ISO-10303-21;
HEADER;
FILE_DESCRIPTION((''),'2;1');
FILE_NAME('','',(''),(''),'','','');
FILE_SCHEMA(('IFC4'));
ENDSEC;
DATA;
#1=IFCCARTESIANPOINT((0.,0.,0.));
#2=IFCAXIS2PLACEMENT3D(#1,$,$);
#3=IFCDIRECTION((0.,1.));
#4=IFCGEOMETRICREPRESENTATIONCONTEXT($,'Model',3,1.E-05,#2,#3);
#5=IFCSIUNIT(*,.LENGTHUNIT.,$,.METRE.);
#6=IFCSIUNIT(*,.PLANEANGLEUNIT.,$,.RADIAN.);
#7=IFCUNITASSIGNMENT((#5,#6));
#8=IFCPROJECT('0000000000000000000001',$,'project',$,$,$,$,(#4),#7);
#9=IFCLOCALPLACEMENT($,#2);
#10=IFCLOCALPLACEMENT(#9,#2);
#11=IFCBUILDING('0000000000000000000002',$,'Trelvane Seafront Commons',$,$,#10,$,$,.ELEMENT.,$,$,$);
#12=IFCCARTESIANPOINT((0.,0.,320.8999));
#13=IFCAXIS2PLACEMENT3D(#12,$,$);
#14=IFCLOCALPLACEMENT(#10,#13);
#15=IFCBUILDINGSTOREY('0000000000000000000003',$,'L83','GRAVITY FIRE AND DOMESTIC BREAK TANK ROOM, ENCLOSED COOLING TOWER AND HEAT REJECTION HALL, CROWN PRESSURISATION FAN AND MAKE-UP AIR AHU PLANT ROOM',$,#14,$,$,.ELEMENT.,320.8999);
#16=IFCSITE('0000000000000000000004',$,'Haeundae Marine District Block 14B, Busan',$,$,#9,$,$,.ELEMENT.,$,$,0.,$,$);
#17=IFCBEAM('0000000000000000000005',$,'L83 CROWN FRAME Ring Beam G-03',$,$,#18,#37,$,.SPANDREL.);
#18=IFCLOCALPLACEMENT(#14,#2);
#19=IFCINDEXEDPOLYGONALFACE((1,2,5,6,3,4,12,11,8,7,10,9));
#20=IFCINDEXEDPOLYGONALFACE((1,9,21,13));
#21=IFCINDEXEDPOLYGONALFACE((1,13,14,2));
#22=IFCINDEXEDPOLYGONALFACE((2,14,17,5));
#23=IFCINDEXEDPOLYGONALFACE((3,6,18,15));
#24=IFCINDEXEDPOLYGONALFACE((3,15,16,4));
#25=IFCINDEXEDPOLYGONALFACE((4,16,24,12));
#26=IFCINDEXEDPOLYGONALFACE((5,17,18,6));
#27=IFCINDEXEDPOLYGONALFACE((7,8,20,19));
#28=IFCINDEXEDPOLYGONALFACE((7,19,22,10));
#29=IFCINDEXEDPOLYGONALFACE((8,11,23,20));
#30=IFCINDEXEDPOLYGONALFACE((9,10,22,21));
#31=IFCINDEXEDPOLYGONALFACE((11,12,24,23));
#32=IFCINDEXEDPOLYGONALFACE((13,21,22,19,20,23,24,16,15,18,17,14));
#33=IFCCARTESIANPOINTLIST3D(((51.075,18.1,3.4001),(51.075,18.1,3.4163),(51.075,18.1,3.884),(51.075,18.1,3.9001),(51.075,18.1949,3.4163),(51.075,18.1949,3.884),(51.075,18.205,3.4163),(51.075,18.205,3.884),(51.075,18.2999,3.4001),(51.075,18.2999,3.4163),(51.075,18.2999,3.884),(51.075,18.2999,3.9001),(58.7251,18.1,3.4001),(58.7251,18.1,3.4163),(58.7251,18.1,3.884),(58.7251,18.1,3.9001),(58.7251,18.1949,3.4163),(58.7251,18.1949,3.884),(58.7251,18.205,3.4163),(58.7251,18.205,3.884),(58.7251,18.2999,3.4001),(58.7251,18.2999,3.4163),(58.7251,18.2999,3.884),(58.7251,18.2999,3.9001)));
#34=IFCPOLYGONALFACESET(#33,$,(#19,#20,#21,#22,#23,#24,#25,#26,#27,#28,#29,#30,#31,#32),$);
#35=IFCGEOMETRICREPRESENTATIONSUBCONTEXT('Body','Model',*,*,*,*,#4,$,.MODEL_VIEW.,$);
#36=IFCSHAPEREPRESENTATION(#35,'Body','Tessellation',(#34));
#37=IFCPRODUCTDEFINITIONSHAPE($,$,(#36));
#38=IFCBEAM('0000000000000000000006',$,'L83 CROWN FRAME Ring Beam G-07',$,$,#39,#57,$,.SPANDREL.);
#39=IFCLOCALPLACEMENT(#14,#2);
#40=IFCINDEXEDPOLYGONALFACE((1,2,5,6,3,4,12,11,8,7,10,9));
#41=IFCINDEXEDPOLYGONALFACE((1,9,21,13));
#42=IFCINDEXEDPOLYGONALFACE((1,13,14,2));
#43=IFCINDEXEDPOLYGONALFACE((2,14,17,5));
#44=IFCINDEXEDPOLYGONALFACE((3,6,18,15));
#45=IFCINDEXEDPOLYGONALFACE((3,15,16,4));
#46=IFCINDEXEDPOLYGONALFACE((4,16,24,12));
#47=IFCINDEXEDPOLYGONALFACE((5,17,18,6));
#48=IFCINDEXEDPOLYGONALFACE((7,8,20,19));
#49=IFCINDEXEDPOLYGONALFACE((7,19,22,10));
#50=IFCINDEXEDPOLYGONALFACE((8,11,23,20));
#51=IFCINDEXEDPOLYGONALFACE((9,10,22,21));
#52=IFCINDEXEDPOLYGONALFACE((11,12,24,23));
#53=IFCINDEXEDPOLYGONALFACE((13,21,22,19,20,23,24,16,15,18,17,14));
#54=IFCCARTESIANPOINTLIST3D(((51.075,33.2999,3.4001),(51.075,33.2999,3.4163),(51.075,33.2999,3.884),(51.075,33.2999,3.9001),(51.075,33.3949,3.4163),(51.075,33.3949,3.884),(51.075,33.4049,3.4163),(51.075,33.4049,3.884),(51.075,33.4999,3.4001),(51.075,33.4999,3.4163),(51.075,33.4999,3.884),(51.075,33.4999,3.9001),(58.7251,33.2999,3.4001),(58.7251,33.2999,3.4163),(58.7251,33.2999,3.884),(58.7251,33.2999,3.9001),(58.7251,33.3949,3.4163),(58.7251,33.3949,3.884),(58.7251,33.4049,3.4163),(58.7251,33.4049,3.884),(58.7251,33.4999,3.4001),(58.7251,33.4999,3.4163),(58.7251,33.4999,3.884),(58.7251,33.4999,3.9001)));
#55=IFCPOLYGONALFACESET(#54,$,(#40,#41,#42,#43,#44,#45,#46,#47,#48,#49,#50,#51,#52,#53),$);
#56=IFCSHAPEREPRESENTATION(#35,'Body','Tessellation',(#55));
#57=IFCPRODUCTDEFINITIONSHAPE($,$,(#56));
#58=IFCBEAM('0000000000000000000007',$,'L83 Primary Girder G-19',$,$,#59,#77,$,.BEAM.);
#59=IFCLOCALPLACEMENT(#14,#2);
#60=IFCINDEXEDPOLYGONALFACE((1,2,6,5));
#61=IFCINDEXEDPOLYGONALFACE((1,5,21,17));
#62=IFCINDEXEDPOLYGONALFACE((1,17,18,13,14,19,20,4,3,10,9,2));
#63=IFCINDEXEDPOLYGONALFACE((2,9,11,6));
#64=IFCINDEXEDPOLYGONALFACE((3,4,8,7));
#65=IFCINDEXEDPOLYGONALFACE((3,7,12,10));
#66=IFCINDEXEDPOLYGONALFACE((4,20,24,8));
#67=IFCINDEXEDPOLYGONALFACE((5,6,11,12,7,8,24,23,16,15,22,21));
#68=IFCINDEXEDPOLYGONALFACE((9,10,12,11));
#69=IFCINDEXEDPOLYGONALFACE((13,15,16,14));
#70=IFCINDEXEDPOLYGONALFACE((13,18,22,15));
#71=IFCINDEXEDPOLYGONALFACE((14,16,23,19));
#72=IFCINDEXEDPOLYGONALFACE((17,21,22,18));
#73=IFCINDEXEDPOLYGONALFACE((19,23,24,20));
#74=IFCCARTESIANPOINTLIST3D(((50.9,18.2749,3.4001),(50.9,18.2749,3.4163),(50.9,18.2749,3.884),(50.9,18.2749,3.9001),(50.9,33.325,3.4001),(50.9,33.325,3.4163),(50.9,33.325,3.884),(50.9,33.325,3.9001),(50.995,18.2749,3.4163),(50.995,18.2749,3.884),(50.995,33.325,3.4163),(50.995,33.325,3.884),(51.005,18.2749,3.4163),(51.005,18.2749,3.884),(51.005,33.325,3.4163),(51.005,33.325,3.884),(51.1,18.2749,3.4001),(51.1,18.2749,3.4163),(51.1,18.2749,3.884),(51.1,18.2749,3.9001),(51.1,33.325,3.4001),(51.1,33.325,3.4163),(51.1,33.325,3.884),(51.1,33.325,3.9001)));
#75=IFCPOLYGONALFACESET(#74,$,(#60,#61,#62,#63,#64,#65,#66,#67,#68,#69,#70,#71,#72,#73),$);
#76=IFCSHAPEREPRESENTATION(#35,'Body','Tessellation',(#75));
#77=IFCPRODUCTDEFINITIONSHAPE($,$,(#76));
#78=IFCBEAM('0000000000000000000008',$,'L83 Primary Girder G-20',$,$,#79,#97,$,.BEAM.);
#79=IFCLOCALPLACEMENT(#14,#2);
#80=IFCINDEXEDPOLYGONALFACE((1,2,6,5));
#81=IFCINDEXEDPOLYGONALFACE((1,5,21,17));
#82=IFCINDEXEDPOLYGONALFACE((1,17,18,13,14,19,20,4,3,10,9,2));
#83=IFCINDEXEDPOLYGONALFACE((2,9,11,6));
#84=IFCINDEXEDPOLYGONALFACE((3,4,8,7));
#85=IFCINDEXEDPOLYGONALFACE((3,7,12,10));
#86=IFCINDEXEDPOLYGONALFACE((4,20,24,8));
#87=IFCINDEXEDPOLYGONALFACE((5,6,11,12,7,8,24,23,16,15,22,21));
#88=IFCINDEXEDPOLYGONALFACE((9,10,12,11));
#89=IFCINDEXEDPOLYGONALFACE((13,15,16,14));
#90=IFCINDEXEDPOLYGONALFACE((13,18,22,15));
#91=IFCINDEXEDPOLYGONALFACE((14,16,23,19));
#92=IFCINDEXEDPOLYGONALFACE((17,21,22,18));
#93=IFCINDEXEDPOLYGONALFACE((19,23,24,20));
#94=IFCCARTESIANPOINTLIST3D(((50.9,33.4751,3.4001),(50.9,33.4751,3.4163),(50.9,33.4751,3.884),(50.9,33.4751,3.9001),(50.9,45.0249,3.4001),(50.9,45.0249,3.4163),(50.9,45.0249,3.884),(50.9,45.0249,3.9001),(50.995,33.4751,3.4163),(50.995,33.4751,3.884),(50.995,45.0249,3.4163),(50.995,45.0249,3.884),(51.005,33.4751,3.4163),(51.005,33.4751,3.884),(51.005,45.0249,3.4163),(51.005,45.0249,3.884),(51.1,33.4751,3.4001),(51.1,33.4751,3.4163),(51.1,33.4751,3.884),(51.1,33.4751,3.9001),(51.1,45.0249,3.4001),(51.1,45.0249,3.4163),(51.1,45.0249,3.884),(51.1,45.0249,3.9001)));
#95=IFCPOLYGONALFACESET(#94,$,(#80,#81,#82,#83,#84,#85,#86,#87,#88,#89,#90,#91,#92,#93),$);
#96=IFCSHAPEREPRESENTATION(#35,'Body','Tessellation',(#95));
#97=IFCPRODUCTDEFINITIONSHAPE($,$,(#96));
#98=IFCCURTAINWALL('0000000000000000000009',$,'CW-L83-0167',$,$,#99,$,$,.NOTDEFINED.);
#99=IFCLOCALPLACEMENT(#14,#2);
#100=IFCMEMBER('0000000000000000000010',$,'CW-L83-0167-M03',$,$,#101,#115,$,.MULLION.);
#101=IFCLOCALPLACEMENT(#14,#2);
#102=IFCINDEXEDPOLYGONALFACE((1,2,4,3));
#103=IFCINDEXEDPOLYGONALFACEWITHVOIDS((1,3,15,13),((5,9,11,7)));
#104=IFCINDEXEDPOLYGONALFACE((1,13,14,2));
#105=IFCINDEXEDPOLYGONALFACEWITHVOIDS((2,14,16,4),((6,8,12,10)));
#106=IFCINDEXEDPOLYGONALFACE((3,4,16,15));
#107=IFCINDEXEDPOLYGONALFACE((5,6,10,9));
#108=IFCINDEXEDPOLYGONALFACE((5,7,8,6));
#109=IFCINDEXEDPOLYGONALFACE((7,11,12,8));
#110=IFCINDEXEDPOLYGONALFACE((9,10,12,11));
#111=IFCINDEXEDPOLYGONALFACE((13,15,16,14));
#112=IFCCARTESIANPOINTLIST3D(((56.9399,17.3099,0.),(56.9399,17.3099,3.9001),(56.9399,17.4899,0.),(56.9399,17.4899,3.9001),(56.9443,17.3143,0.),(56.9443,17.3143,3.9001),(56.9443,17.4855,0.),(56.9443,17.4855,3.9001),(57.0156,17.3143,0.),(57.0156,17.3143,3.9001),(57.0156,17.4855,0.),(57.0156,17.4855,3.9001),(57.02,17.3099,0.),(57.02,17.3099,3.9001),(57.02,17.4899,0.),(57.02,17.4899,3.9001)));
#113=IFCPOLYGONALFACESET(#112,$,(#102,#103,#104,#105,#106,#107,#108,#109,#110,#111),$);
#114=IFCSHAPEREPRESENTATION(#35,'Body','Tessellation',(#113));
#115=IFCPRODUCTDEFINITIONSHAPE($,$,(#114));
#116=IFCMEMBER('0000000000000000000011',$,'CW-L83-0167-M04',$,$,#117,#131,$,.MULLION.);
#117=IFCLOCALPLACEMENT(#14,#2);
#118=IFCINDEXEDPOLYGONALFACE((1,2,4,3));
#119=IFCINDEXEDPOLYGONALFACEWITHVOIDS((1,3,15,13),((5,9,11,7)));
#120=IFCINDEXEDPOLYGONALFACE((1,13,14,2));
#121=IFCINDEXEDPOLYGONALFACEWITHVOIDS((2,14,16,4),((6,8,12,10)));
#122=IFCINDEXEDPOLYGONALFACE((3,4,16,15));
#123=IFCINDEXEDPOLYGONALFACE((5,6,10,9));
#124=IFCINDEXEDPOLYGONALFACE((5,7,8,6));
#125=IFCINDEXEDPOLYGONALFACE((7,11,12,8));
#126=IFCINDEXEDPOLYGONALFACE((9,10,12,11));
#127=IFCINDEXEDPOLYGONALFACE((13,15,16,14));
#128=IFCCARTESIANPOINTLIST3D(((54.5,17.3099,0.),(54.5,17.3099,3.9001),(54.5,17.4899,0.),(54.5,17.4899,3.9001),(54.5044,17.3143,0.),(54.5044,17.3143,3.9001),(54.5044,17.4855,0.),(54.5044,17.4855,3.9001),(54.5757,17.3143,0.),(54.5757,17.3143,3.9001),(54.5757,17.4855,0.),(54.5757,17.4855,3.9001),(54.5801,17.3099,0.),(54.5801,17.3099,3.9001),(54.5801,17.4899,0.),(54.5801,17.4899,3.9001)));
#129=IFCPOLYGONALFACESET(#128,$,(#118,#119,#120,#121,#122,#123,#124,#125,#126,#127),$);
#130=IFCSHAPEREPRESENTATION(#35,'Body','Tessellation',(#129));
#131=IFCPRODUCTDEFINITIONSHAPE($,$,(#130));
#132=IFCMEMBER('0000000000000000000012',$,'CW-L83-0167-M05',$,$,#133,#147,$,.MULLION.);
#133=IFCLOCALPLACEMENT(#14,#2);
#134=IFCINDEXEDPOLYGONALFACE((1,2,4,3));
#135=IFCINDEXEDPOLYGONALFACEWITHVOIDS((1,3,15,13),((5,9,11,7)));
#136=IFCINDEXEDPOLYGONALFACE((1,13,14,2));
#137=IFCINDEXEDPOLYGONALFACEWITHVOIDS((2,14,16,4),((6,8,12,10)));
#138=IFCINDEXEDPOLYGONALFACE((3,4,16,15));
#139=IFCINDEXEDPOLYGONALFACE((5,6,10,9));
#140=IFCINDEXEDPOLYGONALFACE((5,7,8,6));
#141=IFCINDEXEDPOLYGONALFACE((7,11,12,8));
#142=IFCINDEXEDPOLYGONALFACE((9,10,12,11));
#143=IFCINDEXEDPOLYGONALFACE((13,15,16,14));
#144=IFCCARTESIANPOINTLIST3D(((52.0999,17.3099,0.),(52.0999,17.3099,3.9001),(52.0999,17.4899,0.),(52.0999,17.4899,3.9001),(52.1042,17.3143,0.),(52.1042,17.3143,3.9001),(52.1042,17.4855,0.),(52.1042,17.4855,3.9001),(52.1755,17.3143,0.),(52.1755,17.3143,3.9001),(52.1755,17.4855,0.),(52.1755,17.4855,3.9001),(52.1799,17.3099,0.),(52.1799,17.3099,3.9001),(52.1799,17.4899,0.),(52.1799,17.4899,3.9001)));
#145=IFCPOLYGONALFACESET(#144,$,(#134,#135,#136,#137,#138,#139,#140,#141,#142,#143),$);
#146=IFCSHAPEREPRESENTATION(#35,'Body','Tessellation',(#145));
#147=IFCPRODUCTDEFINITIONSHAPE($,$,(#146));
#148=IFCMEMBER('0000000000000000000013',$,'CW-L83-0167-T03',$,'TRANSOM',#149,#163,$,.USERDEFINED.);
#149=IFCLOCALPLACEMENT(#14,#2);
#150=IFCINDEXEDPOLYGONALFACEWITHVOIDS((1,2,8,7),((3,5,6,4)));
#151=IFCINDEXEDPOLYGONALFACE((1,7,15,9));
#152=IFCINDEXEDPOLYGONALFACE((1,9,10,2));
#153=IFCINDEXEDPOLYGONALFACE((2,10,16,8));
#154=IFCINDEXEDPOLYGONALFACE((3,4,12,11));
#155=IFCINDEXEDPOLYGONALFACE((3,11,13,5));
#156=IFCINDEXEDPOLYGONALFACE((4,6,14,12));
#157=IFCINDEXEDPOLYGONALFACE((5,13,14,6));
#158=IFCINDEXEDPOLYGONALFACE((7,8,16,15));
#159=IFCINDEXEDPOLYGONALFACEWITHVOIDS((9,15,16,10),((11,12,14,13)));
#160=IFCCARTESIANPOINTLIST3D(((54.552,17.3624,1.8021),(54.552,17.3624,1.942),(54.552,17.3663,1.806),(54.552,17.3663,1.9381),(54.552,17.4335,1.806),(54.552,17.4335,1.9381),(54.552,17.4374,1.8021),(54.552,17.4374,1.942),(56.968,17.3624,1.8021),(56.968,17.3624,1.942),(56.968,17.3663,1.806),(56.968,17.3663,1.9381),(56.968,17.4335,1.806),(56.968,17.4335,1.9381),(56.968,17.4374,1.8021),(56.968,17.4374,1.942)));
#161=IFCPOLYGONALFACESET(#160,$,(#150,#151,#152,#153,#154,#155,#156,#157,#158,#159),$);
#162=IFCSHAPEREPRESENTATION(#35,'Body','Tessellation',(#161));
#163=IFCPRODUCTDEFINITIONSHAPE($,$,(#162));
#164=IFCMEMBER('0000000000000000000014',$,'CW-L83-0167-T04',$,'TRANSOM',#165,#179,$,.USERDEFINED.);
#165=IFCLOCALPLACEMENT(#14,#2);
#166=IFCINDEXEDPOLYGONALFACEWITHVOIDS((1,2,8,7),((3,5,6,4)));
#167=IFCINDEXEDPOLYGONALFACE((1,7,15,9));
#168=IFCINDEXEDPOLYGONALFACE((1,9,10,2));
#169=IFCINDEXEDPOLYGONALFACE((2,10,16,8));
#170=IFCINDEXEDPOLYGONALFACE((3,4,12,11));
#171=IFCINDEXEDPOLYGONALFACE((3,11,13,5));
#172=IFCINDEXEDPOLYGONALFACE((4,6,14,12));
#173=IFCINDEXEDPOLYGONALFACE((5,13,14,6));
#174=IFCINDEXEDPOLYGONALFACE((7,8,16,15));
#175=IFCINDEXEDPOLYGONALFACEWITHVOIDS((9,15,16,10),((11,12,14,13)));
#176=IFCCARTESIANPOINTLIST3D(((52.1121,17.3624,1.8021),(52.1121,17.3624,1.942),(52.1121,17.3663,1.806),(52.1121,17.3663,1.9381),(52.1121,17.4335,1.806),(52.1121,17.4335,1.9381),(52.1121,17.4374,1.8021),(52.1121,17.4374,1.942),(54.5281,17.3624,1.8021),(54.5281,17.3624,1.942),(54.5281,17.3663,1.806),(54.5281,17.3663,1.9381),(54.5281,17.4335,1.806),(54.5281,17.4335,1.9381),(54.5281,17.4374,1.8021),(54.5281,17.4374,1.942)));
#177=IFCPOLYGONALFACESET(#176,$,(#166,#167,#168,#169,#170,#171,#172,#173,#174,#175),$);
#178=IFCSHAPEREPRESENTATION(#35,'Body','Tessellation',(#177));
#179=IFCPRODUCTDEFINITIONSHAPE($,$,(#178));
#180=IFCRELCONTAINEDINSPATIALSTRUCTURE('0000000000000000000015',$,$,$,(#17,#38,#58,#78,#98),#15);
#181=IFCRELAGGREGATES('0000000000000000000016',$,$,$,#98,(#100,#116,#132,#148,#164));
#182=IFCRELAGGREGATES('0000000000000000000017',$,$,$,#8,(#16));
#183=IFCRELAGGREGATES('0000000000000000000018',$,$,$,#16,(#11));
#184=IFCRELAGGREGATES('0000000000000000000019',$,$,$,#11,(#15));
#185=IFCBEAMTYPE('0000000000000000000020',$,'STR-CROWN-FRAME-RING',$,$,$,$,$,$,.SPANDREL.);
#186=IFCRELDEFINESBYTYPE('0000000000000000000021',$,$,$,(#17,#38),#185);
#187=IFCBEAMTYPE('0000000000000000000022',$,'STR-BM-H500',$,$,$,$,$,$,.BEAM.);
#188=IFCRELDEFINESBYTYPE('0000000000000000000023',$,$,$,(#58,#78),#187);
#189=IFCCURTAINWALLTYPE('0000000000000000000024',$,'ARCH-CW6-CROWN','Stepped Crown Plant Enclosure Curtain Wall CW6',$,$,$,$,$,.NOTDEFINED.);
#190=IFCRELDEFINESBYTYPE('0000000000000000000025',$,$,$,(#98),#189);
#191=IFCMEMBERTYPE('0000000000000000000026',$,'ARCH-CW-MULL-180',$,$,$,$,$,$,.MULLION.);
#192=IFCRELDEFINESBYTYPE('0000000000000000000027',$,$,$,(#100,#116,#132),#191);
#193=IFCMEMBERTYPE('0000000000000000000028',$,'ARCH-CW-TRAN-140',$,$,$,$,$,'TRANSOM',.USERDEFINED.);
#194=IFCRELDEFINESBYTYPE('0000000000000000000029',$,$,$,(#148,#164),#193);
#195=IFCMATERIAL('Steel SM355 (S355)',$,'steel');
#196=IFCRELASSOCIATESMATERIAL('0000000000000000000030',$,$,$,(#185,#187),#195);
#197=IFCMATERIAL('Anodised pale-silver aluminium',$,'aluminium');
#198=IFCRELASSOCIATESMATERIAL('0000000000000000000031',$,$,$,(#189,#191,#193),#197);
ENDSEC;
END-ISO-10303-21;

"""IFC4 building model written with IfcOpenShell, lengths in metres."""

from ifc_helpers import new_model, si_unit, direction, frame, origin, origin_2d, place, context, subcontext, project, spatial, hollow_rectangle, i_section, extrude, source, transform, mapped, material, material_profile, profile_set, type_object, element, aggregate, save


model = new_model("IFC4")

# Units and contexts
model_context = context("Model", 3, precision=1e-05, world=origin(), true_north=direction((0.0, 1.0)))
body_context = subcontext(model_context, "Body", "Model", "MODEL_VIEW")
ifc_project = project(units=[si_unit("LENGTHUNIT", "METRE"), si_unit("PLANEANGLEUNIT", "RADIAN")], contexts=[model_context])

# Site, building, storey
site_placement = place(None, origin())
site = spatial("IfcSite", under=ifc_project, at=site_placement, Name="Haeundae Marine District Block 14B, Busan", CompositionType="ELEMENT", RefElevation=0.0)
building_placement = place(site_placement, origin())
building = spatial("IfcBuilding", under=site, at=building_placement, Name="Trelvane Seafront Commons", CompositionType="ELEMENT")
storey_placement = place(building_placement, frame((0.0, 0.0, 320.8999)))
storey = spatial("IfcBuildingStorey", under=building, at=storey_placement, Name="L83", Description="GRAVITY FIRE AND DOMESTIC BREAK TANK ROOM, ENCLOSED COOLING TOWER AND HEAT REJECTION HALL, CROWN PRESSURISATION FAN AND MAKE-UP AIR AHU PLANT ROOM", CompositionType="ELEMENT", Elevation=320.8999)

# Beams
ifc_material_1 = material(Name="Steel SM355 (S355)", Category="steel")
ifc_material_profile_1 = material_profile(ifc_material_1, i_section(OverallWidth=0.2, OverallDepth=0.5, WebThickness=0.01, FlangeThickness=0.0161, at=origin_2d()), Name="H-500x200x10x16")
ifc_profile_set_1 = profile_set([ifc_material_profile_1], Name="Steel SM355 (S355)")
beam_type_1 = type_object("IfcBeamType", Name="STR-CROWN-FRAME-RING", PredefinedType="SPANDREL", material=ifc_profile_set_1)
shared_shape_1 = source(origin(), body_context, "Body", "SweptSolid", [
    extrude(i_section(OverallWidth=0.2, OverallDepth=0.5, WebThickness=0.01, FlangeThickness=0.0161, at=origin_2d()), origin(), (0.0, 0.0, 1.0), 7.6501),
])
for number, where, z_axis, x_axis, name in (
    (1, (51.075, 18.2, 3.6501), (1.0, 0.0, 0.0), (0.0, 1.0, 0.0), "L83 CROWN FRAME Ring Beam G-03"),
    (2, (51.075, 33.3999, 3.6501), (1.0, 0.0, 0.0), (0.0, 1.0, 0.0), "L83 CROWN FRAME Ring Beam G-07"),
):
    element("IfcBeam", number, at=place(storey_placement, frame(where, z_axis=z_axis, x_axis=x_axis)), inside=storey, type_object=beam_type_1, Name=name, PredefinedType="SPANDREL", context=body_context, shape_type="MappedRepresentation", body=[
        mapped(shared_shape_1, transform((0.0, 0.0, 0.0), x_axis=(1.0, 0.0, 0.0), y_axis=(0.0, 1.0, 0.0), z_axis=(0.0, 0.0, 1.0), scale=1.0)),
    ])
ifc_material_profile_2 = material_profile(ifc_material_1, i_section(OverallWidth=0.2, OverallDepth=0.5, WebThickness=0.01, FlangeThickness=0.0161, at=origin_2d()), Name="H-500x200x10x16")
ifc_profile_set_2 = profile_set([ifc_material_profile_2], Name="Steel SM355 (S355)")
beam_type_2 = type_object("IfcBeamType", Name="STR-BM-H500", PredefinedType="BEAM", material=ifc_profile_set_2)
shared_shape_2 = source(origin(), body_context, "Body", "SweptSolid", [
    extrude(i_section(OverallWidth=0.2, OverallDepth=0.5, WebThickness=0.01, FlangeThickness=0.0161, at=origin_2d()), origin(), (0.0, 0.0, 1.0), 15.05),
])
beam_1_placement = place(storey_placement, frame((51.0, 18.2749, 3.6501), z_axis=(0.0, 1.0, 0.0), x_axis=(-1.0, 0.0, 0.0)))
element("IfcBeam", 3, at=beam_1_placement, inside=storey, type_object=beam_type_2, Name="L83 Primary Girder G-19", PredefinedType="BEAM", context=body_context, shape_type="MappedRepresentation", body=[
    mapped(shared_shape_2, transform((0.0, 0.0, 0.0), x_axis=(1.0, 0.0, 0.0), y_axis=(0.0, 1.0, 0.0), z_axis=(0.0, 0.0, 1.0), scale=1.0)),
])
shared_shape_3 = source(origin(), body_context, "Body", "SweptSolid", [
    extrude(i_section(OverallWidth=0.2, OverallDepth=0.5, WebThickness=0.01, FlangeThickness=0.0161, at=origin_2d()), origin(), (0.0, 0.0, 1.0), 11.5498),
])
beam_2_placement = place(storey_placement, frame((51.0, 33.4751, 3.6501), z_axis=(0.0, 1.0, 0.0), x_axis=(-1.0, 0.0, 0.0)))
element("IfcBeam", 4, at=beam_2_placement, inside=storey, type_object=beam_type_2, Name="L83 Primary Girder G-20", PredefinedType="BEAM", context=body_context, shape_type="MappedRepresentation", body=[
    mapped(shared_shape_3, transform((0.0, 0.0, 0.0), x_axis=(1.0, 0.0, 0.0), y_axis=(0.0, 1.0, 0.0), z_axis=(0.0, 0.0, 1.0), scale=1.0)),
])

# Curtain wall, members
ifc_material_2 = material(Name="Anodised pale-silver aluminium", Category="aluminium")
curtain_wall_type = type_object("IfcCurtainWallType", Name="ARCH-CW6-CROWN", Description="Stepped Crown Plant Enclosure Curtain Wall CW6", PredefinedType="NOTDEFINED", material=ifc_material_2)
curtain_wall_placement = place(storey_placement, origin())
curtain_wall = element("IfcCurtainWall", 5, at=curtain_wall_placement, inside=storey, type_object=curtain_wall_type, Name="CW-L83-0167", PredefinedType="NOTDEFINED")
ifc_material_profile_3 = material_profile(ifc_material_2, hollow_rectangle(XDim=0.0801, YDim=0.1799, WallThickness=0.0044, at=origin_2d()), Name="MULL-80x180x4.5")
ifc_profile_set_3 = profile_set([ifc_material_profile_3], Name="Anodised pale-silver aluminium")
member_type_1 = type_object("IfcMemberType", Name="ARCH-CW-MULL-180", PredefinedType="MULLION", material=ifc_profile_set_3)
shared_shape_4 = source(origin(), body_context, "Body", "SweptSolid", [
    extrude(hollow_rectangle(XDim=0.0801, YDim=0.1799, WallThickness=0.0044, at=origin_2d()), origin(), (0.0, 0.0, 1.0), 3.9001),
])
member_1_placement = place(storey_placement, frame((56.98, 17.3999, 0.0), z_axis=(0.0, 0.0, 1.0), x_axis=(1.0, 0.0, 0.0)))
member_1 = element("IfcMember", 6, at=member_1_placement, type_object=member_type_1, Name="CW-L83-0167-M03", PredefinedType="MULLION", context=body_context, shape_type="MappedRepresentation", body=[
    mapped(shared_shape_4, transform((0.0, 0.0, 0.0), x_axis=(1.0, 0.0, 0.0), y_axis=(0.0, 1.0, 0.0), z_axis=(0.0, 0.0, 1.0), scale=1.0)),
])
member_2_placement = place(storey_placement, frame((54.54, 17.3999, 0.0), z_axis=(0.0, 0.0, 1.0), x_axis=(1.0, 0.0, 0.0)))
member_2 = element("IfcMember", 7, at=member_2_placement, type_object=member_type_1, Name="CW-L83-0167-M04", PredefinedType="MULLION", context=body_context, shape_type="MappedRepresentation", body=[
    mapped(shared_shape_4, transform((0.0, 0.0, 0.0), x_axis=(1.0, 0.0, 0.0), y_axis=(0.0, 1.0, 0.0), z_axis=(0.0, 0.0, 1.0), scale=1.0)),
])
member_3_placement = place(storey_placement, frame((52.1399, 17.3999, 0.0), z_axis=(0.0, 0.0, 1.0), x_axis=(1.0, 0.0, 0.0)))
member_3 = element("IfcMember", 8, at=member_3_placement, type_object=member_type_1, Name="CW-L83-0167-M05", PredefinedType="MULLION", context=body_context, shape_type="MappedRepresentation", body=[
    mapped(shared_shape_4, transform((0.0, 0.0, 0.0), x_axis=(1.0, 0.0, 0.0), y_axis=(0.0, 1.0, 0.0), z_axis=(0.0, 0.0, 1.0), scale=1.0)),
])
ifc_material_profile_4 = material_profile(ifc_material_2, hollow_rectangle(XDim=0.075, YDim=0.1399, WallThickness=0.0039, at=origin_2d()), Name="TRAN-75x140x4")
ifc_profile_set_4 = profile_set([ifc_material_profile_4], Name="Anodised pale-silver aluminium")
member_type_2 = type_object("IfcMemberType", Name="ARCH-CW-TRAN-140", ElementType="TRANSOM", PredefinedType="USERDEFINED", material=ifc_profile_set_4)
shared_shape_5 = source(origin(), body_context, "Body", "SweptSolid", [
    extrude(hollow_rectangle(XDim=0.075, YDim=0.1399, WallThickness=0.0039, at=origin_2d()), origin(), (0.0, 0.0, 1.0), 2.416),
])
member_4_placement = place(storey_placement, frame((56.968, 17.3999, 1.8721), z_axis=(-1.0, 0.0, 0.0), x_axis=(0.0, -1.0, 0.0)))
member_4 = element("IfcMember", 9, at=member_4_placement, type_object=member_type_2, Name="CW-L83-0167-T03", ObjectType="TRANSOM", PredefinedType="USERDEFINED", context=body_context, shape_type="MappedRepresentation", body=[
    mapped(shared_shape_5, transform((0.0, 0.0, 0.0), x_axis=(1.0, 0.0, 0.0), y_axis=(0.0, 1.0, 0.0), z_axis=(0.0, 0.0, 1.0), scale=1.0)),
])
member_5_placement = place(storey_placement, frame((54.5281, 17.3999, 1.8721), z_axis=(-1.0, 0.0, 0.0), x_axis=(0.0, -1.0, 0.0)))
member_5 = element("IfcMember", 10, at=member_5_placement, type_object=member_type_2, Name="CW-L83-0167-T04", ObjectType="TRANSOM", PredefinedType="USERDEFINED", context=body_context, shape_type="MappedRepresentation", body=[
    mapped(shared_shape_5, transform((0.0, 0.0, 0.0), x_axis=(1.0, 0.0, 0.0), y_axis=(0.0, 1.0, 0.0), z_axis=(0.0, 0.0, 1.0), scale=1.0)),
])
aggregate(curtain_wall, [member_1, member_2, member_3, member_4, member_5])

save(model, "model.ifc")
